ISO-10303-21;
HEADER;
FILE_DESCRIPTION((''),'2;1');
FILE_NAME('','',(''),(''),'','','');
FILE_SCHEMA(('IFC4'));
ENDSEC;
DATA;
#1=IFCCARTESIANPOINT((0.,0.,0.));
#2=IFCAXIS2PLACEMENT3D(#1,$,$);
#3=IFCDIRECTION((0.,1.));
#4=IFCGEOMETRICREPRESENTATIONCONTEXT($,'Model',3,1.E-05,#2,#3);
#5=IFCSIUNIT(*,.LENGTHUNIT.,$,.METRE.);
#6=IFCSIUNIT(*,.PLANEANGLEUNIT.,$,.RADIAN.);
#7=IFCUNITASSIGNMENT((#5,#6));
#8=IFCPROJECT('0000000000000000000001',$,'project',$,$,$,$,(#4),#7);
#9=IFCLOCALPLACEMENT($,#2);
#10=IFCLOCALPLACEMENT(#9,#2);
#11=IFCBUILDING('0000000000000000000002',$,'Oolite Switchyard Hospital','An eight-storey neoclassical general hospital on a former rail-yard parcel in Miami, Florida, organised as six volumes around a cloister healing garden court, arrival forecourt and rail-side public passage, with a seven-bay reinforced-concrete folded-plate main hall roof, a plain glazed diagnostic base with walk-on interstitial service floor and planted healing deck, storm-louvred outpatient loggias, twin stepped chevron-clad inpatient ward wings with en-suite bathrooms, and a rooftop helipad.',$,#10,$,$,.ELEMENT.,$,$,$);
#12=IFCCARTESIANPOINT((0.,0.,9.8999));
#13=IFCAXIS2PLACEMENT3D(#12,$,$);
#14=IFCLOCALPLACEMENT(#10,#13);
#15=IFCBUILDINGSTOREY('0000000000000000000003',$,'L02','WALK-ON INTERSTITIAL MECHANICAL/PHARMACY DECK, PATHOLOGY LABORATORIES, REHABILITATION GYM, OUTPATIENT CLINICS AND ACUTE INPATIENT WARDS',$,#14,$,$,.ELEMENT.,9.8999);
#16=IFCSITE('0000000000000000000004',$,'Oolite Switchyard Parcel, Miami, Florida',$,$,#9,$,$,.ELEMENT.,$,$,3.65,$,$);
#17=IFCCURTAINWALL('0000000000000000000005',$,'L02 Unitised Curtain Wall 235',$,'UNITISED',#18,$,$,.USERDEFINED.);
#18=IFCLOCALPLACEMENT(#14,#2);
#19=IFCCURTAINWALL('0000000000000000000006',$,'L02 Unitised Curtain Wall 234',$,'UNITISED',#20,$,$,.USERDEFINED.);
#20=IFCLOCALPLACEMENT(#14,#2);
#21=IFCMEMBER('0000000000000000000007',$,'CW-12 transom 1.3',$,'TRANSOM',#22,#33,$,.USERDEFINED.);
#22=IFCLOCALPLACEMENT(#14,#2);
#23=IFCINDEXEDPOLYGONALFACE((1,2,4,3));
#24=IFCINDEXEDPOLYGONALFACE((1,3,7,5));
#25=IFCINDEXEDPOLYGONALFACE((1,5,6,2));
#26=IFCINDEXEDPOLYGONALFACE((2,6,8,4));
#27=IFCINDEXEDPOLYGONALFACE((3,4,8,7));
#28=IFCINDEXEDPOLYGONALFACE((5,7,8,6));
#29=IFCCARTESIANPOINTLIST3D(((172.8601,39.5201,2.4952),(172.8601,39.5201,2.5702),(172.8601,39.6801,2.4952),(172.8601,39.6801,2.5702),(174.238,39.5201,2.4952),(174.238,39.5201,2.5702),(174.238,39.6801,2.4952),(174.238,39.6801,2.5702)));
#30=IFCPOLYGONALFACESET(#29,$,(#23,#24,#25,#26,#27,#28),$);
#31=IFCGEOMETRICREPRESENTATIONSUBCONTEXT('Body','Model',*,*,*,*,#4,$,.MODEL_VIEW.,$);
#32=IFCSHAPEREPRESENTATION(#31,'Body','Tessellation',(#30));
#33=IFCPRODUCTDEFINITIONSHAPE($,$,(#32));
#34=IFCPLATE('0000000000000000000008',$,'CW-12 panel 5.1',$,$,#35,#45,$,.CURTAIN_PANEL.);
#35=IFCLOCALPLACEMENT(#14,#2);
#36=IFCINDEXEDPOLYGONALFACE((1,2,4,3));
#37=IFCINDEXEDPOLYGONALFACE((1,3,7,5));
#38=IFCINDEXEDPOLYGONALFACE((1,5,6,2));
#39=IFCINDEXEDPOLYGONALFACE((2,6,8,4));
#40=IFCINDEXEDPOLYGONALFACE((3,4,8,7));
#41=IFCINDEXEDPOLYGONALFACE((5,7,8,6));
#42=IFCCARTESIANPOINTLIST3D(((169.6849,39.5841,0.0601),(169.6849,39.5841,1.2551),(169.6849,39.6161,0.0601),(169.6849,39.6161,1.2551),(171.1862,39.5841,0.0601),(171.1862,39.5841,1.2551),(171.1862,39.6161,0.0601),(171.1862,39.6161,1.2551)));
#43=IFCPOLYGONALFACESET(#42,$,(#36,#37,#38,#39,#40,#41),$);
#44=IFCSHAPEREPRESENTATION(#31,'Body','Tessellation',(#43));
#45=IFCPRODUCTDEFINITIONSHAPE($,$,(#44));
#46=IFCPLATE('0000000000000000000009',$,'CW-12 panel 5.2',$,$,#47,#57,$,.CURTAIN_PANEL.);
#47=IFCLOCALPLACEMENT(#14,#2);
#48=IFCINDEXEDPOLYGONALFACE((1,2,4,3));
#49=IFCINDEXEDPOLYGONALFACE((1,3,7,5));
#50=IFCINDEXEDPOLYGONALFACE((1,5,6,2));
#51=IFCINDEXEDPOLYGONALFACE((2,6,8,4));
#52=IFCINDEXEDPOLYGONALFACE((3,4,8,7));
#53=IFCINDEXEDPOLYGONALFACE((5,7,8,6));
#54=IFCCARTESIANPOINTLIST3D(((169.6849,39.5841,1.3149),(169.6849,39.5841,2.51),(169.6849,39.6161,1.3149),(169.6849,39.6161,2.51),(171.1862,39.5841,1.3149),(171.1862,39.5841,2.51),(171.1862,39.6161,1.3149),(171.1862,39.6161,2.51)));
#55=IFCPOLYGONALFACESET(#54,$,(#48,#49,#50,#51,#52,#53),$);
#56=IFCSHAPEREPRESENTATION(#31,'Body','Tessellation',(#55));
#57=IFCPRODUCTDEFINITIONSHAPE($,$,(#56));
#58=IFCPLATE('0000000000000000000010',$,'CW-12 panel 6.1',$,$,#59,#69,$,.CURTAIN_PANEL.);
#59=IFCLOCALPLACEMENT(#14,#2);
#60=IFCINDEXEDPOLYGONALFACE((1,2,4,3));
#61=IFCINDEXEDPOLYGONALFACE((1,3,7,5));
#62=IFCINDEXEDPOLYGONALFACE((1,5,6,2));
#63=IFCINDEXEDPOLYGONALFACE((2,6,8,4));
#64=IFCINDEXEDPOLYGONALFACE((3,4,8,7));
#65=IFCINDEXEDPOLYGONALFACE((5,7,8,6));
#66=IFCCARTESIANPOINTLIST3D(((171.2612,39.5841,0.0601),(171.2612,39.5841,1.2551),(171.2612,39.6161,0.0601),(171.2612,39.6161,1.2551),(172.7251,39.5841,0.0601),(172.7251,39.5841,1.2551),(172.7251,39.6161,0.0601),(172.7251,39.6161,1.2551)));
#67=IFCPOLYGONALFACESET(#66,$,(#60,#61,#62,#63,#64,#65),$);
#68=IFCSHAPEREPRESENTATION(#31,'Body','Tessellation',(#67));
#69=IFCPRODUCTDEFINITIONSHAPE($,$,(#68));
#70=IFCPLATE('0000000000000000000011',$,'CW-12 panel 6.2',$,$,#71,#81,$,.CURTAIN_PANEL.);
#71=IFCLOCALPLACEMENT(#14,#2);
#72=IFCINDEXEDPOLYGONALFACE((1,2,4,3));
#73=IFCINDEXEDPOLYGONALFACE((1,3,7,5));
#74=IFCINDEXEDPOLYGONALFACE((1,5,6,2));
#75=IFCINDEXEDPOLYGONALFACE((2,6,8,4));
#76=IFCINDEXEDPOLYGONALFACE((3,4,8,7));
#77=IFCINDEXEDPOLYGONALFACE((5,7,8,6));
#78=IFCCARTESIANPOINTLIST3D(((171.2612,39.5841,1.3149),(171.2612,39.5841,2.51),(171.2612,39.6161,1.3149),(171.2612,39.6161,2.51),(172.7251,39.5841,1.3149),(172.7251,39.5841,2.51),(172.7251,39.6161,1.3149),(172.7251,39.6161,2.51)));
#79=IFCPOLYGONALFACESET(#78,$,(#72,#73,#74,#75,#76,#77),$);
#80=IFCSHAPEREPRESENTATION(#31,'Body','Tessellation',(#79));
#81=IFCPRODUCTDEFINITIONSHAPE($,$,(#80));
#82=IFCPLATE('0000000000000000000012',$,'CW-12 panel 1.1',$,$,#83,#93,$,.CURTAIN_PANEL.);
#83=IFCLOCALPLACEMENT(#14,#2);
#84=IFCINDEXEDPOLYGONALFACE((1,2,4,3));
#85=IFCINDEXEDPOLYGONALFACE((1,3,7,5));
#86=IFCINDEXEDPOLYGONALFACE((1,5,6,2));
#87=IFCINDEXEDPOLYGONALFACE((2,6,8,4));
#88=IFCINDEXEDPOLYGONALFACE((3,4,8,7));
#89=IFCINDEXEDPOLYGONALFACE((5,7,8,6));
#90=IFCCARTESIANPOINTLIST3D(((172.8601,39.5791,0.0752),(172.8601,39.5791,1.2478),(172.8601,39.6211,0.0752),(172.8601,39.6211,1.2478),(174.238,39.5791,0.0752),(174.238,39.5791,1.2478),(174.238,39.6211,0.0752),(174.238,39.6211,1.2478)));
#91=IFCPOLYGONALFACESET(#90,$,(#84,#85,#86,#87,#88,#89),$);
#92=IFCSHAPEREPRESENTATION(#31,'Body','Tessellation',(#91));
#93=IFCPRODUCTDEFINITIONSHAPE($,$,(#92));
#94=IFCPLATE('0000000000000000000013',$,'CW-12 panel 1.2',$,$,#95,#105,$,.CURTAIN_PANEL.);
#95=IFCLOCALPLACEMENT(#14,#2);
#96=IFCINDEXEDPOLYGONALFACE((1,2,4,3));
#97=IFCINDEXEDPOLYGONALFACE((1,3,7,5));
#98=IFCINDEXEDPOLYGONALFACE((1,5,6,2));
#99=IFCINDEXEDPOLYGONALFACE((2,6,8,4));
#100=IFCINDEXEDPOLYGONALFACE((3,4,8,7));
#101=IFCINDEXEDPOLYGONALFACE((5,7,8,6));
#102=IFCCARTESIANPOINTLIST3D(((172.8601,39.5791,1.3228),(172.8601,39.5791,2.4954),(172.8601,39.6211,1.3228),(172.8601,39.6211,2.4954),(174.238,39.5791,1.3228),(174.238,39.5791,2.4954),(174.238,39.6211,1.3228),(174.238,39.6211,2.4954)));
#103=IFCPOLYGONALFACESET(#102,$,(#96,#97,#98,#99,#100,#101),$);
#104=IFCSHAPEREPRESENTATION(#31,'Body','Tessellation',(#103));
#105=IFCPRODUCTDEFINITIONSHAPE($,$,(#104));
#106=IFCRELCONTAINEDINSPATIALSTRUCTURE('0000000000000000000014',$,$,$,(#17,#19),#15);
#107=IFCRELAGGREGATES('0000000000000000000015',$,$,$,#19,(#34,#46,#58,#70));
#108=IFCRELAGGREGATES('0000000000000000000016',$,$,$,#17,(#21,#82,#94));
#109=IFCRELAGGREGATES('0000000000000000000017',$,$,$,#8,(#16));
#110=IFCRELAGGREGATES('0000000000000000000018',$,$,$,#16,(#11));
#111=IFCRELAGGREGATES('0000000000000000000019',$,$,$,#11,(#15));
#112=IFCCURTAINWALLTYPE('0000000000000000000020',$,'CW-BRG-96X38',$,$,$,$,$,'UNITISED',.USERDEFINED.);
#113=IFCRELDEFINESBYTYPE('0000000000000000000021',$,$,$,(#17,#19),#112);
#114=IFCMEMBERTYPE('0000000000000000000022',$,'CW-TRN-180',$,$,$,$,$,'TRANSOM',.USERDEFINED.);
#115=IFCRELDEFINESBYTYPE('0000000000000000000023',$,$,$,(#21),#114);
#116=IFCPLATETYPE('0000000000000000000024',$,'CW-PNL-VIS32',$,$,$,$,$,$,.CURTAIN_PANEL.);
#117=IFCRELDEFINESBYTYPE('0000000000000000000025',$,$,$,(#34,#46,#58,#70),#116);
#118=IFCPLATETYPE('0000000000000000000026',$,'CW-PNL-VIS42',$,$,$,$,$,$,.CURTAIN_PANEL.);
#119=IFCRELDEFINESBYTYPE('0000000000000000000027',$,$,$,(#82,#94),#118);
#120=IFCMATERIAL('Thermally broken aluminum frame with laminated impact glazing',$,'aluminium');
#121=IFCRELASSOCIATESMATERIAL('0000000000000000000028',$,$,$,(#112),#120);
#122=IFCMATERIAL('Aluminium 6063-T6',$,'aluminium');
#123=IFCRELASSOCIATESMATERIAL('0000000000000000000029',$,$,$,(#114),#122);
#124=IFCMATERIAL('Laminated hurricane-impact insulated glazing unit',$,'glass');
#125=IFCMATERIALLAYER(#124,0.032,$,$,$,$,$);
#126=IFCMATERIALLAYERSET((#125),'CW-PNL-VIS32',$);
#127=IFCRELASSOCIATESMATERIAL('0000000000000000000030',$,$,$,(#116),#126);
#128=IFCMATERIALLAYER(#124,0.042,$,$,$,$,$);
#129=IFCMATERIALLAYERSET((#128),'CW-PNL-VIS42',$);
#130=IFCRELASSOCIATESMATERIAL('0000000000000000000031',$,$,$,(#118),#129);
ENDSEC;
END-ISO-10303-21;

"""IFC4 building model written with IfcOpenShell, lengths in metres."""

from ifc_helpers import new_model, si_unit, direction, frame, origin, origin_2d, place, context, subcontext, project, spatial, rectangle, extrude, material, layer, layer_set, material_profile, profile_set, type_object, element, aggregate, save


model = new_model("IFC4")

# Units and contexts
model_context = context("Model", 3, precision=1e-05, world=origin(), true_north=direction((0.0, 1.0)))
body_context = subcontext(model_context, "Body", "Model", "MODEL_VIEW")
ifc_project = project(units=[si_unit("LENGTHUNIT", "METRE"), si_unit("PLANEANGLEUNIT", "RADIAN")], contexts=[model_context])

# Site, building, storey
site_placement = place(None, origin())
site = spatial("IfcSite", under=ifc_project, at=site_placement, Name="Oolite Switchyard Parcel, Miami, Florida", CompositionType="ELEMENT", RefElevation=3.65)
building_placement = place(site_placement, origin())
building = spatial("IfcBuilding", under=site, at=building_placement, Name="Oolite Switchyard Hospital", Description="An eight-storey neoclassical general hospital on a former rail-yard parcel in Miami, Florida, organised as six volumes around a cloister healing garden court, arrival forecourt and rail-side public passage, with a seven-bay reinforced-concrete folded-plate main hall roof, a plain glazed diagnostic base with walk-on interstitial service floor and planted healing deck, storm-louvred outpatient loggias, twin stepped chevron-clad inpatient ward wings with en-suite bathrooms, and a rooftop helipad.", CompositionType="ELEMENT")
storey_placement = place(building_placement, frame((0.0, 0.0, 9.8999)))
storey = spatial("IfcBuildingStorey", under=building, at=storey_placement, Name="L02", Description="WALK-ON INTERSTITIAL MECHANICAL/PHARMACY DECK, PATHOLOGY LABORATORIES, REHABILITATION GYM, OUTPATIENT CLINICS AND ACUTE INPATIENT WARDS", CompositionType="ELEMENT", Elevation=9.8999)

# Curtain wall
ifc_material_1 = material(Name="Thermally broken aluminum frame with laminated impact glazing", Category="aluminium")
curtain_wall_type = type_object("IfcCurtainWallType", Name="CW-BRG-96X38", ElementType="UNITISED", PredefinedType="USERDEFINED", material=ifc_material_1)
curtain_wall_1_placement = place(storey_placement, origin())
curtain_wall_1 = element("IfcCurtainWall", 1, at=curtain_wall_1_placement, inside=storey, type_object=curtain_wall_type, Name="L02 Unitised Curtain Wall 235", ObjectType="UNITISED", PredefinedType="USERDEFINED")
ifc_material_2 = material(Name="Aluminium 6063-T6", Category="aluminium")

# Curtain wall
curtain_wall_2_placement = place(storey_placement, origin())
curtain_wall_2 = element("IfcCurtainWall", 2, at=curtain_wall_2_placement, inside=storey, type_object=curtain_wall_type, Name="L02 Unitised Curtain Wall 234", ObjectType="UNITISED", PredefinedType="USERDEFINED")
ifc_material_profile_1 = material_profile(ifc_material_2, rectangle(XDim=0.1599, YDim=0.075, at=origin_2d()), Name="CWT75X160")
ifc_profile_set_1 = profile_set([ifc_material_profile_1], Name="Aluminium 6063-T6")
member_type_1 = type_object("IfcMemberType", Name="CW-TRN-180", ElementType="TRANSOM", PredefinedType="USERDEFINED", material=ifc_profile_set_1)

# Member
member_1_placement = place(storey_placement, frame((172.8601, 39.6001, 2.5327), z_axis=(1.0, 0.0, 0.0), x_axis=(0.0, 1.0, 0.0)))
member_1 = element("IfcMember", 3, at=member_1_placement, type_object=member_type_1, Name="CW-12 transom 1.3", ObjectType="TRANSOM", PredefinedType="USERDEFINED", context=body_context, shape_type="SweptSolid", body=[
    extrude(rectangle(XDim=0.1599, YDim=0.075, at=origin_2d()), origin(), (0.0, 0.0, 1.0), 1.3779),
])

# Plates
ifc_material_3 = material(Name="Laminated hurricane-impact insulated glazing unit", Category="glass")
ifc_layer_1 = layer(ifc_material_3, 0.032)
ifc_layer_set_1 = layer_set([ifc_layer_1], Name="CW-PNL-VIS32")
plate_type_1 = type_object("IfcPlateType", Name="CW-PNL-VIS32", PredefinedType="CURTAIN_PANEL", material=ifc_layer_set_1)
plate_1_placement = place(storey_placement, frame((170.4355, 39.6001, 0.0601), z_axis=(0.0, 0.0, 1.0), x_axis=(1.0, 0.0, 0.0)))
plate_1 = element("IfcPlate", 4, at=plate_1_placement, type_object=plate_type_1, Name="CW-12 panel 5.1", PredefinedType="CURTAIN_PANEL", context=body_context, shape_type="SweptSolid", body=[
    extrude(rectangle(XDim=1.5012, YDim=0.032, at=origin_2d()), origin(), (0.0, 0.0, 1.0), 1.1951),
])
plate_2_placement = place(storey_placement, frame((170.4355, 39.6001, 1.3149), z_axis=(0.0, 0.0, 1.0), x_axis=(1.0, 0.0, 0.0)))
plate_2 = element("IfcPlate", 5, at=plate_2_placement, type_object=plate_type_1, Name="CW-12 panel 5.2", PredefinedType="CURTAIN_PANEL", context=body_context, shape_type="SweptSolid", body=[
    extrude(rectangle(XDim=1.5012, YDim=0.032, at=origin_2d()), origin(), (0.0, 0.0, 1.0), 1.1951),
])
plate_3_placement = place(storey_placement, frame((171.9932, 39.6001, 0.0601), z_axis=(0.0, 0.0, 1.0), x_axis=(1.0, 0.0, 0.0)))
plate_3 = element("IfcPlate", 6, at=plate_3_placement, type_object=plate_type_1, Name="CW-12 panel 6.1", PredefinedType="CURTAIN_PANEL", context=body_context, shape_type="SweptSolid", body=[
    extrude(rectangle(XDim=1.4639, YDim=0.032, at=origin_2d()), origin(), (0.0, 0.0, 1.0), 1.1951),
])
plate_4_placement = place(storey_placement, frame((171.9932, 39.6001, 1.3149), z_axis=(0.0, 0.0, 1.0), x_axis=(1.0, 0.0, 0.0)))
plate_4 = element("IfcPlate", 7, at=plate_4_placement, type_object=plate_type_1, Name="CW-12 panel 6.2", PredefinedType="CURTAIN_PANEL", context=body_context, shape_type="SweptSolid", body=[
    extrude(rectangle(XDim=1.4639, YDim=0.032, at=origin_2d()), origin(), (0.0, 0.0, 1.0), 1.1951),
])
aggregate(curtain_wall_2, [plate_1, plate_2, plate_3, plate_4])
ifc_layer_2 = layer(ifc_material_3, 0.042)
ifc_layer_set_2 = layer_set([ifc_layer_2], Name="CW-PNL-VIS42")
plate_type_2 = type_object("IfcPlateType", Name="CW-PNL-VIS42", PredefinedType="CURTAIN_PANEL", material=ifc_layer_set_2)
plate_5_placement = place(storey_placement, frame((173.5491, 39.6001, 0.0752), z_axis=(0.0, 0.0, 1.0), x_axis=(1.0, 0.0, 0.0)))
plate_5 = element("IfcPlate", 8, at=plate_5_placement, type_object=plate_type_2, Name="CW-12 panel 1.1", PredefinedType="CURTAIN_PANEL", context=body_context, shape_type="SweptSolid", body=[
    extrude(rectangle(XDim=1.3779, YDim=0.042, at=origin_2d()), origin(), (0.0, 0.0, 1.0), 1.1726),
])
plate_6_placement = place(storey_placement, frame((173.5491, 39.6001, 1.3228), z_axis=(0.0, 0.0, 1.0), x_axis=(1.0, 0.0, 0.0)))
plate_6 = element("IfcPlate", 9, at=plate_6_placement, type_object=plate_type_2, Name="CW-12 panel 1.2", PredefinedType="CURTAIN_PANEL", context=body_context, shape_type="SweptSolid", body=[
    extrude(rectangle(XDim=1.3779, YDim=0.042, at=origin_2d()), origin(), (0.0, 0.0, 1.0), 1.1726),
])
aggregate(curtain_wall_1, [member_1, plate_5, plate_6])

save(model, "model.ifc")
